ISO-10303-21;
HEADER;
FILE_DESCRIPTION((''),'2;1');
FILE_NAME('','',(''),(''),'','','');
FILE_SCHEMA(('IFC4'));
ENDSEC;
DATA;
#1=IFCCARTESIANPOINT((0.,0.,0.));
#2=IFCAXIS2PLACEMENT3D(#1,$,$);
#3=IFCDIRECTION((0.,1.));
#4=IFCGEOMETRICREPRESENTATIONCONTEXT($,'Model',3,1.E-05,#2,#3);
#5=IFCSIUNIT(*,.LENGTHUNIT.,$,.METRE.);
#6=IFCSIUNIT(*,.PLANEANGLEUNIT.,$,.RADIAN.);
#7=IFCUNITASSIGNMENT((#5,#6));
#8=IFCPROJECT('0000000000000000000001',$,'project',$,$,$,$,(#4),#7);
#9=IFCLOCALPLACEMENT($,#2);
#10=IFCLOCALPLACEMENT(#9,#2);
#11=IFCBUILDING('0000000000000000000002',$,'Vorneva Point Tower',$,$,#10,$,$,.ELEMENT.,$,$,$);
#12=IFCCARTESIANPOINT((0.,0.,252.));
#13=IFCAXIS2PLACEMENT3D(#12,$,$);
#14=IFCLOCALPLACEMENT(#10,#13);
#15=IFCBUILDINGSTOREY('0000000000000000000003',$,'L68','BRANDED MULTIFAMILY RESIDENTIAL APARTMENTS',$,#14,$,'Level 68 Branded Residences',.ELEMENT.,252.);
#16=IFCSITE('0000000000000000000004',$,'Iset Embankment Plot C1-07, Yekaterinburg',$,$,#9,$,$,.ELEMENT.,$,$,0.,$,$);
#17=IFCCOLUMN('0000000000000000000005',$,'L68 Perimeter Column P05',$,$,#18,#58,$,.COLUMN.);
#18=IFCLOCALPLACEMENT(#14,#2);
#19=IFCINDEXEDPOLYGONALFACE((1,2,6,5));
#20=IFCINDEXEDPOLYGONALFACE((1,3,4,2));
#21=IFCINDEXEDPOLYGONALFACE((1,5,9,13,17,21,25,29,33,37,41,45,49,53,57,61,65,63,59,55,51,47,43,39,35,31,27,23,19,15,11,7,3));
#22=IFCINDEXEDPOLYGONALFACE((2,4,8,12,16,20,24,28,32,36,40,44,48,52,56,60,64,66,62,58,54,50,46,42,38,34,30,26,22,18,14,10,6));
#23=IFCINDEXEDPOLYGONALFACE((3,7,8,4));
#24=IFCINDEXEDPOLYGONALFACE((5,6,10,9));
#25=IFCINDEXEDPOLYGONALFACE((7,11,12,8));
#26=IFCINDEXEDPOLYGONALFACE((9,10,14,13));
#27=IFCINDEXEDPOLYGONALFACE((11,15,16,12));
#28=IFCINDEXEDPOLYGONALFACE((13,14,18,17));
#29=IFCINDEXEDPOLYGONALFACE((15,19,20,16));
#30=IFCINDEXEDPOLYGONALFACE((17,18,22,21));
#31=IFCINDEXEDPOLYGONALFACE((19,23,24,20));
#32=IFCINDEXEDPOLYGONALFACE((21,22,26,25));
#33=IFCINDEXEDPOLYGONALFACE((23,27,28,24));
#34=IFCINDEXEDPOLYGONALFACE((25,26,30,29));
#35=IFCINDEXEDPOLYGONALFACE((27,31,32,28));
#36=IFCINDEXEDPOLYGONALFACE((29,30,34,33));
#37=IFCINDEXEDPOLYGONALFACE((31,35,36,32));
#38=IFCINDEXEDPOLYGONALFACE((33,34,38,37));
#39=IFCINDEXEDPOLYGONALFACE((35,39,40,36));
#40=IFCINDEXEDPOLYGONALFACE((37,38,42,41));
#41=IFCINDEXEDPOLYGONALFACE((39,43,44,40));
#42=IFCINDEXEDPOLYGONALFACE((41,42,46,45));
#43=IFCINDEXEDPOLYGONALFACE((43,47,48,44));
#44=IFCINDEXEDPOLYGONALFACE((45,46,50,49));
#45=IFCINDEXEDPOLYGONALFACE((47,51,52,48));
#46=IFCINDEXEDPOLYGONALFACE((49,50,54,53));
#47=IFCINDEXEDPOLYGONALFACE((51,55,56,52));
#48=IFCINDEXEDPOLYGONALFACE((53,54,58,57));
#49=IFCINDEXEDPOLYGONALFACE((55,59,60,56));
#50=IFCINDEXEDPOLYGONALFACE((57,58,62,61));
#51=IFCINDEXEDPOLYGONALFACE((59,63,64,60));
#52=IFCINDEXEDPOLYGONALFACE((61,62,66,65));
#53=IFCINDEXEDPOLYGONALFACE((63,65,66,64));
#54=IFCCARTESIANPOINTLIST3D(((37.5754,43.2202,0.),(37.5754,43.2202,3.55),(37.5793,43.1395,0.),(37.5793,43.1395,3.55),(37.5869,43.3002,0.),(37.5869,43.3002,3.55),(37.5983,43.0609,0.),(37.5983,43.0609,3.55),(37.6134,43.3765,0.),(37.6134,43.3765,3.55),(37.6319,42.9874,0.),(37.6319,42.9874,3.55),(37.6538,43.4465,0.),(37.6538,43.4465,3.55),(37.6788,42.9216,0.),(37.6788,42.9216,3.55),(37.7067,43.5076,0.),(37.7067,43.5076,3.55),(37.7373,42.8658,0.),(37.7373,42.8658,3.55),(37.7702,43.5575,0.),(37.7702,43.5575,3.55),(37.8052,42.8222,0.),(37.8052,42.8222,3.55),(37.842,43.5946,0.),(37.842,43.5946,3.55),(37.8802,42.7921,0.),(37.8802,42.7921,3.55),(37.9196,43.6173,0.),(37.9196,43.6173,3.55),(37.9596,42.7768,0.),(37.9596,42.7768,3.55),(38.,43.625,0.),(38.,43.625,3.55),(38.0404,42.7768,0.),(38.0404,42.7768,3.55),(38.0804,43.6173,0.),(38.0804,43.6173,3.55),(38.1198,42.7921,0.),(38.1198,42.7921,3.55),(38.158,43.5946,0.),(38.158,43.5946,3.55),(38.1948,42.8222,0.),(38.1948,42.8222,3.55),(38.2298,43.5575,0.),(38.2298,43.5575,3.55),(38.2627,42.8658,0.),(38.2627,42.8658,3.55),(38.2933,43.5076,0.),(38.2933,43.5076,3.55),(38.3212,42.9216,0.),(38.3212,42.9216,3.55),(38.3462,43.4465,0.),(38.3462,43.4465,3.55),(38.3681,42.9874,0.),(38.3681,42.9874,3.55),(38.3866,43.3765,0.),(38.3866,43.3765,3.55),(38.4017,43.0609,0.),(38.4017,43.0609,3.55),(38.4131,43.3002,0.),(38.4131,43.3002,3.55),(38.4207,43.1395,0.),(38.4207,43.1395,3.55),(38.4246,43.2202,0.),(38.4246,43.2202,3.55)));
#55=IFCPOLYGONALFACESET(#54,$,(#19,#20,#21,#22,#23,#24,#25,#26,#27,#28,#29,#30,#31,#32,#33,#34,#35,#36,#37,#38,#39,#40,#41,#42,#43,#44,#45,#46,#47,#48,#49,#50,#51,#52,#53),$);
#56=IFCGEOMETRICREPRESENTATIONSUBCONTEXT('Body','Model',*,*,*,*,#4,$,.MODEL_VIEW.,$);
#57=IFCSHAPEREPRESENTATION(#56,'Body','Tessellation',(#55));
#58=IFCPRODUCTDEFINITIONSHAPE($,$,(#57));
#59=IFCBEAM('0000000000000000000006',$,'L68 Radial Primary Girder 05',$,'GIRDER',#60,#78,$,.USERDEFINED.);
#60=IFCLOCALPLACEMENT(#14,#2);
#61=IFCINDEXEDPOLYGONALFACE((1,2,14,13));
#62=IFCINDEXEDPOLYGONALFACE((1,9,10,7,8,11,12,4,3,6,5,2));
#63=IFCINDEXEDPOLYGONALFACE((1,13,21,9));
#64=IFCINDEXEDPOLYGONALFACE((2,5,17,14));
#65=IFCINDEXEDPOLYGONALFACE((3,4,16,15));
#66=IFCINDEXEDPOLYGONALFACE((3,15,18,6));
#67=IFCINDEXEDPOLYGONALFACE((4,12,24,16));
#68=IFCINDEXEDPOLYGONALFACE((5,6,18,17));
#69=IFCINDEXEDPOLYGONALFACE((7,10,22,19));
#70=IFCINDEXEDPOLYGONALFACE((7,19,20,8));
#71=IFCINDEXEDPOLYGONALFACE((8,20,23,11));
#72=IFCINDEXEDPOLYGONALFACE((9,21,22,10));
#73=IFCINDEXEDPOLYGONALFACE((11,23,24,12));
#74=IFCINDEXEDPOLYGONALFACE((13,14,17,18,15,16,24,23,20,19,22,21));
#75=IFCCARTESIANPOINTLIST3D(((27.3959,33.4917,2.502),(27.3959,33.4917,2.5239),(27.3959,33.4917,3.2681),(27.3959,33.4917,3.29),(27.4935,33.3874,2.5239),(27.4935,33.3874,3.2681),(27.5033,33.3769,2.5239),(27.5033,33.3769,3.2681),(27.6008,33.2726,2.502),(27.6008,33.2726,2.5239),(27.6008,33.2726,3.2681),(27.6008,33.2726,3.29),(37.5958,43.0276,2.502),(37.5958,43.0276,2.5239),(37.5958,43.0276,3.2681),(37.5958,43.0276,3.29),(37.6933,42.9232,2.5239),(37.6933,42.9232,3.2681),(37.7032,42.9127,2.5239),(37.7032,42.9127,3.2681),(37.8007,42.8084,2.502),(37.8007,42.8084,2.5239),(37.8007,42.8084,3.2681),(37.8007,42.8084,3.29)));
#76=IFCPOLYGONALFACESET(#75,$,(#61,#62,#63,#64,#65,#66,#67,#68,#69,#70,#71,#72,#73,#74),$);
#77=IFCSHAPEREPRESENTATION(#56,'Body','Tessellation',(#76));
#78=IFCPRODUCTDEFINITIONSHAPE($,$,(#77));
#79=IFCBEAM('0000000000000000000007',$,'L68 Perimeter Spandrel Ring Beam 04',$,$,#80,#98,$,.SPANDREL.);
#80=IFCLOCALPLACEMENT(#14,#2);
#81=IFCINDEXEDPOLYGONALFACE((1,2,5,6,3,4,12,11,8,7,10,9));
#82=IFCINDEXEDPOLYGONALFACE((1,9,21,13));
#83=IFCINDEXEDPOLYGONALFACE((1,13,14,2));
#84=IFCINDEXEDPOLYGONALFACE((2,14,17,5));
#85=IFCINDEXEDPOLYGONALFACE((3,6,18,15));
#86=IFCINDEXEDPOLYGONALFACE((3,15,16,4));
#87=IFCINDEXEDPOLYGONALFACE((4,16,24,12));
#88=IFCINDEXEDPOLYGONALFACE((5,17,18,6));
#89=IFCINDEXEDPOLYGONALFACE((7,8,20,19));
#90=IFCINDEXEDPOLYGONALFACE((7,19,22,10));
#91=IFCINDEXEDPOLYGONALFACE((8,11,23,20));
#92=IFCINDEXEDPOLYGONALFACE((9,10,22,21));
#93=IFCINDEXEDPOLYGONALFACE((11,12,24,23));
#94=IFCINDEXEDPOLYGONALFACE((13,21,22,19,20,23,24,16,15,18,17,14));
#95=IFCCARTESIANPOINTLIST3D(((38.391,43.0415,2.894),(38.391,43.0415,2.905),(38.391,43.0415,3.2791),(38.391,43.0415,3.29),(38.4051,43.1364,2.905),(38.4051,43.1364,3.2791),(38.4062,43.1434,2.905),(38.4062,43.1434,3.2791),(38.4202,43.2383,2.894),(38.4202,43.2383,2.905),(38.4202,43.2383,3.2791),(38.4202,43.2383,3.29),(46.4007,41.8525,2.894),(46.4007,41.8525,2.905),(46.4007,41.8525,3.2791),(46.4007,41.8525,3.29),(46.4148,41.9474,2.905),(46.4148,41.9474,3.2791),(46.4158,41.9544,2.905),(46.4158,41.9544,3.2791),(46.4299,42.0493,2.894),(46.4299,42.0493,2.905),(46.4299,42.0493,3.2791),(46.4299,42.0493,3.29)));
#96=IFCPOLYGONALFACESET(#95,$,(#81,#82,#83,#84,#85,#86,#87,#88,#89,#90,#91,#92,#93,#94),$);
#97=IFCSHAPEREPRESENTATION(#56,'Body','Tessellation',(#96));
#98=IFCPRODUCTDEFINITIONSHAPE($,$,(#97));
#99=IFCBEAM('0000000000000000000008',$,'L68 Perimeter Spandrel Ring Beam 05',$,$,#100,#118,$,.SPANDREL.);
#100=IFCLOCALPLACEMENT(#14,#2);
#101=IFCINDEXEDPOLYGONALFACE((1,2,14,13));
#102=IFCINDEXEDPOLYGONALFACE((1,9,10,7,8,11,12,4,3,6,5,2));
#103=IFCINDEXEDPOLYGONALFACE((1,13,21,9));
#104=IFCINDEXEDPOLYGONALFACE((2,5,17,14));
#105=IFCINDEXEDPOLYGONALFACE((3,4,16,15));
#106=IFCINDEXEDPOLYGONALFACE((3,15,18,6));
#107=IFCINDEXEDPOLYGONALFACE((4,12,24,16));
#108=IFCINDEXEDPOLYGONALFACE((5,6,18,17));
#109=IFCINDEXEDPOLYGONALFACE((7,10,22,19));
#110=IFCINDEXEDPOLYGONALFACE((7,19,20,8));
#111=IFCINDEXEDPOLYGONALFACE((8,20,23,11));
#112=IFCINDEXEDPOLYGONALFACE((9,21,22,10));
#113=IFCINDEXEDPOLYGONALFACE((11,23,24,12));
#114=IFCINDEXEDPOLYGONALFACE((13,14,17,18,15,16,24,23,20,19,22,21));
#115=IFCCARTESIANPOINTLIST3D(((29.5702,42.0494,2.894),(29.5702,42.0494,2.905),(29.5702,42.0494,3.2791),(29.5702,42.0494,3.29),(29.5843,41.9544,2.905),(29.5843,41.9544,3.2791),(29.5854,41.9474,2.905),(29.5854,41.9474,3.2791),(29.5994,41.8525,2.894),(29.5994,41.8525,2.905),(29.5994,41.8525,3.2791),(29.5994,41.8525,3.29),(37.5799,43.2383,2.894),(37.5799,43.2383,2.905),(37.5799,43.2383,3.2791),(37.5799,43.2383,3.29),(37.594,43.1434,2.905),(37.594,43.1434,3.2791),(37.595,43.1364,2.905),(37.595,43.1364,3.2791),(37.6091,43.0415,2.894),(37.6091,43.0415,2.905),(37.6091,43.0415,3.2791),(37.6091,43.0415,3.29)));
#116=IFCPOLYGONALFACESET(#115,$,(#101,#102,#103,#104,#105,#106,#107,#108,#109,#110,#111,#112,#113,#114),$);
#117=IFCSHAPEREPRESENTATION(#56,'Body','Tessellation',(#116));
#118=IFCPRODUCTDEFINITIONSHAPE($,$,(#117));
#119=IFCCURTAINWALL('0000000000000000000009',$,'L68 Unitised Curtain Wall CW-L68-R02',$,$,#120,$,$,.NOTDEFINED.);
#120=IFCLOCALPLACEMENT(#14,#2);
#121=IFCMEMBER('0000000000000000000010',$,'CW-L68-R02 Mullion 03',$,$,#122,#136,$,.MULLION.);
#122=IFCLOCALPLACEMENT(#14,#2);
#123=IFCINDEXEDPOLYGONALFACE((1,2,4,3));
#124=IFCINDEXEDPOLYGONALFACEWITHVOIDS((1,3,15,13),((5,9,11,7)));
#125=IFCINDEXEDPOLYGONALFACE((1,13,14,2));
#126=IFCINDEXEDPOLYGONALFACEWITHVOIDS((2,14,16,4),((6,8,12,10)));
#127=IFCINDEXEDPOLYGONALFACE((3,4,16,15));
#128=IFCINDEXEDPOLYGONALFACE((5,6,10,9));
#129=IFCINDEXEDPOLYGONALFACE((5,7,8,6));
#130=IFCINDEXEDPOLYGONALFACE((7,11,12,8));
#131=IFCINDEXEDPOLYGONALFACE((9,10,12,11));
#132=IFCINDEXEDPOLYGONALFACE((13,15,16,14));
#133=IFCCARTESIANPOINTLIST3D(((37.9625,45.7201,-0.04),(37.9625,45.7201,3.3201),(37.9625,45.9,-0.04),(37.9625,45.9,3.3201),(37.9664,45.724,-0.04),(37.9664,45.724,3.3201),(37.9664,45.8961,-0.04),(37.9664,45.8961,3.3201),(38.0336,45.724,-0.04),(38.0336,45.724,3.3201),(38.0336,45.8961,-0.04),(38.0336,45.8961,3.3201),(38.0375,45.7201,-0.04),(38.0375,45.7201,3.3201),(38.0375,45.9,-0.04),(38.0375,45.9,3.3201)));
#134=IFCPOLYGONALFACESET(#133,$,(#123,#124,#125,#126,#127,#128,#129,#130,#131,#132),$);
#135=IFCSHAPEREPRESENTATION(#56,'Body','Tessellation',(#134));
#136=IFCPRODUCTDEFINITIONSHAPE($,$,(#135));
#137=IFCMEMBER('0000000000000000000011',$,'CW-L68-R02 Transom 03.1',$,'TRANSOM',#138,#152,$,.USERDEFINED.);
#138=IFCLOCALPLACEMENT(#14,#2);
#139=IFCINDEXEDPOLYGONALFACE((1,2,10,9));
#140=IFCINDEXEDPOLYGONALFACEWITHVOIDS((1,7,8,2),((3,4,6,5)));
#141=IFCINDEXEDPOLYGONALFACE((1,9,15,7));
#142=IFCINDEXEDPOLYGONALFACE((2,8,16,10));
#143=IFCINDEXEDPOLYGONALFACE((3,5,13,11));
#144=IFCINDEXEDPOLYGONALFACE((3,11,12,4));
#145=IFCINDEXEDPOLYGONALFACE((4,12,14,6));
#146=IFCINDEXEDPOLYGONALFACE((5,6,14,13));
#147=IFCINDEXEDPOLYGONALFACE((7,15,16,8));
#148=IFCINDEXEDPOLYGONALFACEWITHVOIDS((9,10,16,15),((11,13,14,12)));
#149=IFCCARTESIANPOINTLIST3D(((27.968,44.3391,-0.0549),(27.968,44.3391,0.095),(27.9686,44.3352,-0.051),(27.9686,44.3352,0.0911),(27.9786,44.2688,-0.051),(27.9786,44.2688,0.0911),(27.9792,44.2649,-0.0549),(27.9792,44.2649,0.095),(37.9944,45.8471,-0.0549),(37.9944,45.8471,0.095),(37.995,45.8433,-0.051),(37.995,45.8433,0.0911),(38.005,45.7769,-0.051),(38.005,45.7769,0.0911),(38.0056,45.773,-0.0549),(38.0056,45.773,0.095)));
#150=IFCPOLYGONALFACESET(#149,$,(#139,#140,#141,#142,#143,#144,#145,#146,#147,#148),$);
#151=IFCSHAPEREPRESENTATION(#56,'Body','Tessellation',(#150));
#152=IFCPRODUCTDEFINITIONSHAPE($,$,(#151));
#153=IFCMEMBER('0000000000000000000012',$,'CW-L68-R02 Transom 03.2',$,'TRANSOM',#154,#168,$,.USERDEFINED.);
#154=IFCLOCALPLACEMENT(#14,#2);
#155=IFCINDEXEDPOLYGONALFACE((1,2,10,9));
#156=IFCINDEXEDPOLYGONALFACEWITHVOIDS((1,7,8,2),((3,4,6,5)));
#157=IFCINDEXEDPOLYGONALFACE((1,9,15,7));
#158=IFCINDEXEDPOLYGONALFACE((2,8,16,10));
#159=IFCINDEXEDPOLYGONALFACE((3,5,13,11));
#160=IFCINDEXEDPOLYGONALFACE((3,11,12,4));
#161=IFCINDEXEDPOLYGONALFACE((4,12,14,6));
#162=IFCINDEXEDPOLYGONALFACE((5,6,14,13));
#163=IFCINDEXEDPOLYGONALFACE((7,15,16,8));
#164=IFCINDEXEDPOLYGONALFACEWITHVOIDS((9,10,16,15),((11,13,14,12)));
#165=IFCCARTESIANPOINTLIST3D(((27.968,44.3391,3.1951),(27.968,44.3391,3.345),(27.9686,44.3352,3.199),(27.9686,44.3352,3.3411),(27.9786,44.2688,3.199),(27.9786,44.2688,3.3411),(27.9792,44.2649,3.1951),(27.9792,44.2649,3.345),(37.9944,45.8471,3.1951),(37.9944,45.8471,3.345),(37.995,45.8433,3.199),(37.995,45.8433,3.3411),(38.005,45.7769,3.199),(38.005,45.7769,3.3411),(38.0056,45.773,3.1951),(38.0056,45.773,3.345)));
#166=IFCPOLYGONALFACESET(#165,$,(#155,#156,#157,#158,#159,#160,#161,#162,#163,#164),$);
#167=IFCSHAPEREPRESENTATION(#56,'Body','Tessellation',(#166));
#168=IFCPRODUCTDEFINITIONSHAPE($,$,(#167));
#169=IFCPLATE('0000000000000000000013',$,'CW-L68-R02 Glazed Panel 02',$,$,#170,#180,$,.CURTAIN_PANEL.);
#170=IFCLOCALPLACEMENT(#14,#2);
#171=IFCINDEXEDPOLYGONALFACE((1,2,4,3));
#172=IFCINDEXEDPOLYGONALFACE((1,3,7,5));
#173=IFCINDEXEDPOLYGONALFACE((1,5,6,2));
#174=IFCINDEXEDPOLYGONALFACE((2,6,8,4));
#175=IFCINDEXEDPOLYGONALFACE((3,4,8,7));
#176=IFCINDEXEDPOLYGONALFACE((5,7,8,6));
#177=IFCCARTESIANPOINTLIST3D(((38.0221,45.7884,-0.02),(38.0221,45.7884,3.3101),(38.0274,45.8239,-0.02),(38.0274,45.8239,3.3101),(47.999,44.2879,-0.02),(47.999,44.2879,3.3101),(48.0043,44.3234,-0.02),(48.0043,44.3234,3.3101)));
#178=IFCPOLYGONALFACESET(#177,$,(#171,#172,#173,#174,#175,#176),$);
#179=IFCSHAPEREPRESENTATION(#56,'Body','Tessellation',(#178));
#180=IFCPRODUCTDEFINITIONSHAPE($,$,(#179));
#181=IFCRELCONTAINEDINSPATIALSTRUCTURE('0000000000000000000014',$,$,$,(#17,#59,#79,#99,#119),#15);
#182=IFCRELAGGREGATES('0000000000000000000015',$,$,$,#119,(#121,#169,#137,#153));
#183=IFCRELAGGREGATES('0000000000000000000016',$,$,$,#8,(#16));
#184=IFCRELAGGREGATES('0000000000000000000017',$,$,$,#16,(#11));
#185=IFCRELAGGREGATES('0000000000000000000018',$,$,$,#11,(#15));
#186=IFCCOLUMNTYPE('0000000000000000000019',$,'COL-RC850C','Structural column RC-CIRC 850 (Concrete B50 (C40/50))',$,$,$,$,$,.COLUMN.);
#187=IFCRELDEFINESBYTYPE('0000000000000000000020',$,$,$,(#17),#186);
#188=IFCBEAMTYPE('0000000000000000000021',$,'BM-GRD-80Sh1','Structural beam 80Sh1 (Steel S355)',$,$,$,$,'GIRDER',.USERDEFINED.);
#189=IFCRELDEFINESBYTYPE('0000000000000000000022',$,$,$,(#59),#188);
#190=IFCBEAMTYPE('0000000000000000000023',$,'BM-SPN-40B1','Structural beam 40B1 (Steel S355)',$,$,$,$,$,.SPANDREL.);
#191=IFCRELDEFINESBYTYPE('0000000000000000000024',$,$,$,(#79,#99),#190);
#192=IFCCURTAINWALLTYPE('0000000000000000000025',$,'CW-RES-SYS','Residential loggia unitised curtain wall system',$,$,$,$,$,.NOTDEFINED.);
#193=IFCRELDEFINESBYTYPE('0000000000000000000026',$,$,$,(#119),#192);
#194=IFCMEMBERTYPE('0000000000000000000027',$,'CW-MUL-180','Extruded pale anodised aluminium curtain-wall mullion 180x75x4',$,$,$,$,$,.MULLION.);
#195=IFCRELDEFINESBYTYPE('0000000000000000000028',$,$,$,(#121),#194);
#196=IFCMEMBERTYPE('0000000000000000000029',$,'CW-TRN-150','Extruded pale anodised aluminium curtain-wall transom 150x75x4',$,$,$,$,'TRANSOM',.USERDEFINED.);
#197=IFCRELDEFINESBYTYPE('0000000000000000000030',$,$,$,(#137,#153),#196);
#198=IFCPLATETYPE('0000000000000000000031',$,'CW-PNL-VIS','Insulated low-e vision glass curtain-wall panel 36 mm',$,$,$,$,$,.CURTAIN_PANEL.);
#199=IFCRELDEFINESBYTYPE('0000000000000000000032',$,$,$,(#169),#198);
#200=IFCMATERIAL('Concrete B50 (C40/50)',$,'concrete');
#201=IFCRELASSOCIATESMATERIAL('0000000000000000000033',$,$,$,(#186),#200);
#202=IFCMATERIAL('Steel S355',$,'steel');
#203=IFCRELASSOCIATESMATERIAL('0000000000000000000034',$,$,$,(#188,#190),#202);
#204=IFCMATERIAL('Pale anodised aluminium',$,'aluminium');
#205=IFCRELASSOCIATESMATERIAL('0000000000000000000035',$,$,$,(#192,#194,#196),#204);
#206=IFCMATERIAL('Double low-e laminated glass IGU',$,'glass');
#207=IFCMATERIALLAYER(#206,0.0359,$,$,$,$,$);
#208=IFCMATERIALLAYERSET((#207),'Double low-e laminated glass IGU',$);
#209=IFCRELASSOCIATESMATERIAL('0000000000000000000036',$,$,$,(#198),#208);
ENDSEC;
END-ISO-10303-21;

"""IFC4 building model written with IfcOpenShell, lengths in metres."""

from ifc_helpers import new_model, si_unit, direction, frame, origin, origin_2d, place, context, subcontext, project, spatial, rectangle, hollow_rectangle, circle, i_section, extrude, material, layer, layer_set, material_profile, profile_set, type_object, element, aggregate, save


model = new_model("IFC4")

# Units and contexts
model_context = context("Model", 3, precision=1e-05, world=origin(), true_north=direction((0.0, 1.0)))
body_context = subcontext(model_context, "Body", "Model", "MODEL_VIEW")
ifc_project = project(units=[si_unit("LENGTHUNIT", "METRE"), si_unit("PLANEANGLEUNIT", "RADIAN")], contexts=[model_context])

# Site, building, storey
site_placement = place(None, origin())
site = spatial("IfcSite", under=ifc_project, at=site_placement, Name="Iset Embankment Plot C1-07, Yekaterinburg", CompositionType="ELEMENT", RefElevation=0.0)
building_placement = place(site_placement, origin())
building = spatial("IfcBuilding", under=site, at=building_placement, Name="Vorneva Point Tower", CompositionType="ELEMENT")
storey_placement = place(building_placement, frame((0.0, 0.0, 252.0)))
storey = spatial("IfcBuildingStorey", under=building, at=storey_placement, Name="L68", Description="BRANDED MULTIFAMILY RESIDENTIAL APARTMENTS", LongName="Level 68 Branded Residences", CompositionType="ELEMENT", Elevation=252.0)

# Column
ifc_material_1 = material(Name="Concrete B50 (C40/50)", Category="concrete")
ifc_material_profile_1 = material_profile(ifc_material_1, circle(Radius=0.425, at=origin_2d()), Name="RC-CIRC 850")
ifc_profile_set_1 = profile_set([ifc_material_profile_1], Name="Concrete B50 (C40/50)")
column_type = type_object("IfcColumnType", Name="COL-RC850C", Description="Structural column RC-CIRC 850 (Concrete B50 (C40/50))", PredefinedType="COLUMN", material=ifc_profile_set_1)
for number, where, z_axis, x_axis, name in (
    (1, (38.0, 43.2, 0.0), (0.0, 0.0, 1.0), (0.0, 1.0, 0.0), "L68 Perimeter Column P05"),
):
    element("IfcColumn", number, at=place(storey_placement, frame(where, z_axis=z_axis, x_axis=x_axis)), inside=storey, type_object=column_type, Name=name, PredefinedType="COLUMN", context=body_context, shape_type="SweptSolid", body=[
        extrude(circle(Radius=0.425, at=origin_2d()), origin(), (0.0, 0.0, 1.0), 3.55),
    ])

# Beams
ifc_material_2 = material(Name="Steel S355", Category="steel")
ifc_material_profile_2 = material_profile(ifc_material_2, i_section(OverallWidth=0.3, OverallDepth=0.7881, WebThickness=0.0144, FlangeThickness=0.022, at=origin_2d()), Name="80Sh1")
ifc_profile_set_2 = profile_set([ifc_material_profile_2], Name="Steel S355")
beam_type_1 = type_object("IfcBeamType", Name="BM-GRD-80Sh1", Description="Structural beam 80Sh1 (Steel S355)", ElementType="GIRDER", PredefinedType="USERDEFINED", material=ifc_profile_set_2)
beam_placement = place(storey_placement, frame((37.6982, 42.918, 2.896), z_axis=(-0.730486, -0.682928, 0.0), x_axis=(0.682928, -0.730486, 0.0)))
element("IfcBeam", 2, at=beam_placement, inside=storey, type_object=beam_type_1, Name="L68 Radial Primary Girder 05", ObjectType="GIRDER", PredefinedType="USERDEFINED", context=body_context, shape_type="SweptSolid", body=[
    extrude(i_section(OverallWidth=0.3, OverallDepth=0.7881, WebThickness=0.0144, FlangeThickness=0.022, at=origin_2d()), origin(), (0.0, 0.0, 1.0), 13.9631),
])
ifc_material_profile_3 = material_profile(ifc_material_2, i_section(OverallWidth=0.199, OverallDepth=0.396, WebThickness=0.0071, FlangeThickness=0.011, at=origin_2d()), Name="40B1")
ifc_profile_set_3 = profile_set([ifc_material_profile_3], Name="Steel S355")
beam_type_2 = type_object("IfcBeamType", Name="BM-SPN-40B1", Description="Structural beam 40B1 (Steel S355)", PredefinedType="SPANDREL", material=ifc_profile_set_3)
for number, where, z_axis, x_axis, name in (
    (3, (46.4153, 41.9509, 3.092), (-0.989162, 0.146831, 0.0), (-0.146831, -0.989162, 0.0), "L68 Perimeter Spandrel Ring Beam 04"),
    (4, (37.5945, 43.1399, 3.092), (-0.989162, -0.146831, 0.0), (0.146831, -0.989162, 0.0), "L68 Perimeter Spandrel Ring Beam 05"),
):
    element("IfcBeam", number, at=place(storey_placement, frame(where, z_axis=z_axis, x_axis=x_axis)), inside=storey, type_object=beam_type_2, Name=name, PredefinedType="SPANDREL", context=body_context, shape_type="SweptSolid", body=[
        extrude(i_section(OverallWidth=0.199, OverallDepth=0.396, WebThickness=0.0071, FlangeThickness=0.011, at=origin_2d()), origin(), (0.0, 0.0, 1.0), 8.0974),
    ])

# Curtain wall, members, plate
ifc_material_3 = material(Name="Pale anodised aluminium", Category="aluminium")
curtain_wall_type = type_object("IfcCurtainWallType", Name="CW-RES-SYS", Description="Residential loggia unitised curtain wall system", PredefinedType="NOTDEFINED", material=ifc_material_3)
curtain_wall_placement = place(storey_placement, origin())
curtain_wall = element("IfcCurtainWall", 5, at=curtain_wall_placement, inside=storey, type_object=curtain_wall_type, Name="L68 Unitised Curtain Wall CW-L68-R02", PredefinedType="NOTDEFINED")
ifc_material_profile_4 = material_profile(ifc_material_3, hollow_rectangle(XDim=0.075, YDim=0.1799, WallThickness=0.0039, at=origin_2d()), Name="AL-MUL 180x75x4")
ifc_profile_set_4 = profile_set([ifc_material_profile_4], Name="Pale anodised aluminium")
member_type_1 = type_object("IfcMemberType", Name="CW-MUL-180", Description="Extruded pale anodised aluminium curtain-wall mullion 180x75x4", PredefinedType="MULLION", material=ifc_profile_set_4)
member_1_placement = place(storey_placement, frame((38.0, 45.8101, -0.04), z_axis=(0.0, 0.0, 1.0), x_axis=(1.0, 0.0, 0.0)))
member_1 = element("IfcMember", 6, at=member_1_placement, type_object=member_type_1, Name="CW-L68-R02 Mullion 03", PredefinedType="MULLION", context=body_context, shape_type="SweptSolid", body=[
    extrude(hollow_rectangle(XDim=0.075, YDim=0.1799, WallThickness=0.0039, at=origin_2d()), origin(), (0.0, 0.0, 1.0), 3.3601),
])
ifc_material_profile_5 = material_profile(ifc_material_3, hollow_rectangle(XDim=0.075, YDim=0.1499, WallThickness=0.0039, at=origin_2d()), Name="AL-TRN 150x75x4")
ifc_profile_set_5 = profile_set([ifc_material_profile_5], Name="Pale anodised aluminium")
member_type_2 = type_object("IfcMemberType", Name="CW-TRN-150", Description="Extruded pale anodised aluminium curtain-wall transom 150x75x4", ElementType="TRANSOM", PredefinedType="USERDEFINED", material=ifc_profile_set_5)
member_2_placement = place(storey_placement, frame((38.0, 45.8101, 0.02), z_axis=(-0.988877, -0.148736, 0.0), x_axis=(0.148736, -0.988877, 0.0)))
member_2 = element("IfcMember", 7, at=member_2_placement, type_object=member_type_2, Name="CW-L68-R02 Transom 03.1", ObjectType="TRANSOM", PredefinedType="USERDEFINED", context=body_context, shape_type="SweptSolid", body=[
    extrude(hollow_rectangle(XDim=0.075, YDim=0.1499, WallThickness=0.0039, at=origin_2d()), origin(), (0.0, 0.0, 1.0), 10.1392),
])
member_3_placement = place(storey_placement, frame((38.0, 45.8101, 3.27), z_axis=(-0.988877, -0.148736, 0.0), x_axis=(0.148736, -0.988877, 0.0)))
member_3 = element("IfcMember", 8, at=member_3_placement, type_object=member_type_2, Name="CW-L68-R02 Transom 03.2", ObjectType="TRANSOM", PredefinedType="USERDEFINED", context=body_context, shape_type="SweptSolid", body=[
    extrude(hollow_rectangle(XDim=0.075, YDim=0.1499, WallThickness=0.0039, at=origin_2d()), origin(), (0.0, 0.0, 1.0), 10.1392),
])
ifc_material_4 = material(Name="Double low-e laminated glass IGU", Category="glass")
ifc_layer_1 = layer(ifc_material_4, 0.0359)
ifc_layer_set_1 = layer_set([ifc_layer_1], Name="Double low-e laminated glass IGU")
plate_type = type_object("IfcPlateType", Name="CW-PNL-VIS", Description="Insulated low-e vision glass curtain-wall panel 36 mm", PredefinedType="CURTAIN_PANEL", material=ifc_layer_set_1)
plate_placement = place(storey_placement, frame((43.0132, 45.0559, -0.02), z_axis=(0.0, 0.0, 1.0), x_axis=(-0.988879, 0.148724, 0.0)))
plate = element("IfcPlate", 9, at=plate_placement, type_object=plate_type, Name="CW-L68-R02 Glazed Panel 02", PredefinedType="CURTAIN_PANEL", context=body_context, shape_type="SweptSolid", body=[
    extrude(rectangle(XDim=10.0891, YDim=0.0359, at=origin_2d()), origin(), (0.0, 0.0, 1.0), 3.3301),
])
aggregate(curtain_wall, [member_1, plate, member_2, member_3])

save(model, "model.ifc")
